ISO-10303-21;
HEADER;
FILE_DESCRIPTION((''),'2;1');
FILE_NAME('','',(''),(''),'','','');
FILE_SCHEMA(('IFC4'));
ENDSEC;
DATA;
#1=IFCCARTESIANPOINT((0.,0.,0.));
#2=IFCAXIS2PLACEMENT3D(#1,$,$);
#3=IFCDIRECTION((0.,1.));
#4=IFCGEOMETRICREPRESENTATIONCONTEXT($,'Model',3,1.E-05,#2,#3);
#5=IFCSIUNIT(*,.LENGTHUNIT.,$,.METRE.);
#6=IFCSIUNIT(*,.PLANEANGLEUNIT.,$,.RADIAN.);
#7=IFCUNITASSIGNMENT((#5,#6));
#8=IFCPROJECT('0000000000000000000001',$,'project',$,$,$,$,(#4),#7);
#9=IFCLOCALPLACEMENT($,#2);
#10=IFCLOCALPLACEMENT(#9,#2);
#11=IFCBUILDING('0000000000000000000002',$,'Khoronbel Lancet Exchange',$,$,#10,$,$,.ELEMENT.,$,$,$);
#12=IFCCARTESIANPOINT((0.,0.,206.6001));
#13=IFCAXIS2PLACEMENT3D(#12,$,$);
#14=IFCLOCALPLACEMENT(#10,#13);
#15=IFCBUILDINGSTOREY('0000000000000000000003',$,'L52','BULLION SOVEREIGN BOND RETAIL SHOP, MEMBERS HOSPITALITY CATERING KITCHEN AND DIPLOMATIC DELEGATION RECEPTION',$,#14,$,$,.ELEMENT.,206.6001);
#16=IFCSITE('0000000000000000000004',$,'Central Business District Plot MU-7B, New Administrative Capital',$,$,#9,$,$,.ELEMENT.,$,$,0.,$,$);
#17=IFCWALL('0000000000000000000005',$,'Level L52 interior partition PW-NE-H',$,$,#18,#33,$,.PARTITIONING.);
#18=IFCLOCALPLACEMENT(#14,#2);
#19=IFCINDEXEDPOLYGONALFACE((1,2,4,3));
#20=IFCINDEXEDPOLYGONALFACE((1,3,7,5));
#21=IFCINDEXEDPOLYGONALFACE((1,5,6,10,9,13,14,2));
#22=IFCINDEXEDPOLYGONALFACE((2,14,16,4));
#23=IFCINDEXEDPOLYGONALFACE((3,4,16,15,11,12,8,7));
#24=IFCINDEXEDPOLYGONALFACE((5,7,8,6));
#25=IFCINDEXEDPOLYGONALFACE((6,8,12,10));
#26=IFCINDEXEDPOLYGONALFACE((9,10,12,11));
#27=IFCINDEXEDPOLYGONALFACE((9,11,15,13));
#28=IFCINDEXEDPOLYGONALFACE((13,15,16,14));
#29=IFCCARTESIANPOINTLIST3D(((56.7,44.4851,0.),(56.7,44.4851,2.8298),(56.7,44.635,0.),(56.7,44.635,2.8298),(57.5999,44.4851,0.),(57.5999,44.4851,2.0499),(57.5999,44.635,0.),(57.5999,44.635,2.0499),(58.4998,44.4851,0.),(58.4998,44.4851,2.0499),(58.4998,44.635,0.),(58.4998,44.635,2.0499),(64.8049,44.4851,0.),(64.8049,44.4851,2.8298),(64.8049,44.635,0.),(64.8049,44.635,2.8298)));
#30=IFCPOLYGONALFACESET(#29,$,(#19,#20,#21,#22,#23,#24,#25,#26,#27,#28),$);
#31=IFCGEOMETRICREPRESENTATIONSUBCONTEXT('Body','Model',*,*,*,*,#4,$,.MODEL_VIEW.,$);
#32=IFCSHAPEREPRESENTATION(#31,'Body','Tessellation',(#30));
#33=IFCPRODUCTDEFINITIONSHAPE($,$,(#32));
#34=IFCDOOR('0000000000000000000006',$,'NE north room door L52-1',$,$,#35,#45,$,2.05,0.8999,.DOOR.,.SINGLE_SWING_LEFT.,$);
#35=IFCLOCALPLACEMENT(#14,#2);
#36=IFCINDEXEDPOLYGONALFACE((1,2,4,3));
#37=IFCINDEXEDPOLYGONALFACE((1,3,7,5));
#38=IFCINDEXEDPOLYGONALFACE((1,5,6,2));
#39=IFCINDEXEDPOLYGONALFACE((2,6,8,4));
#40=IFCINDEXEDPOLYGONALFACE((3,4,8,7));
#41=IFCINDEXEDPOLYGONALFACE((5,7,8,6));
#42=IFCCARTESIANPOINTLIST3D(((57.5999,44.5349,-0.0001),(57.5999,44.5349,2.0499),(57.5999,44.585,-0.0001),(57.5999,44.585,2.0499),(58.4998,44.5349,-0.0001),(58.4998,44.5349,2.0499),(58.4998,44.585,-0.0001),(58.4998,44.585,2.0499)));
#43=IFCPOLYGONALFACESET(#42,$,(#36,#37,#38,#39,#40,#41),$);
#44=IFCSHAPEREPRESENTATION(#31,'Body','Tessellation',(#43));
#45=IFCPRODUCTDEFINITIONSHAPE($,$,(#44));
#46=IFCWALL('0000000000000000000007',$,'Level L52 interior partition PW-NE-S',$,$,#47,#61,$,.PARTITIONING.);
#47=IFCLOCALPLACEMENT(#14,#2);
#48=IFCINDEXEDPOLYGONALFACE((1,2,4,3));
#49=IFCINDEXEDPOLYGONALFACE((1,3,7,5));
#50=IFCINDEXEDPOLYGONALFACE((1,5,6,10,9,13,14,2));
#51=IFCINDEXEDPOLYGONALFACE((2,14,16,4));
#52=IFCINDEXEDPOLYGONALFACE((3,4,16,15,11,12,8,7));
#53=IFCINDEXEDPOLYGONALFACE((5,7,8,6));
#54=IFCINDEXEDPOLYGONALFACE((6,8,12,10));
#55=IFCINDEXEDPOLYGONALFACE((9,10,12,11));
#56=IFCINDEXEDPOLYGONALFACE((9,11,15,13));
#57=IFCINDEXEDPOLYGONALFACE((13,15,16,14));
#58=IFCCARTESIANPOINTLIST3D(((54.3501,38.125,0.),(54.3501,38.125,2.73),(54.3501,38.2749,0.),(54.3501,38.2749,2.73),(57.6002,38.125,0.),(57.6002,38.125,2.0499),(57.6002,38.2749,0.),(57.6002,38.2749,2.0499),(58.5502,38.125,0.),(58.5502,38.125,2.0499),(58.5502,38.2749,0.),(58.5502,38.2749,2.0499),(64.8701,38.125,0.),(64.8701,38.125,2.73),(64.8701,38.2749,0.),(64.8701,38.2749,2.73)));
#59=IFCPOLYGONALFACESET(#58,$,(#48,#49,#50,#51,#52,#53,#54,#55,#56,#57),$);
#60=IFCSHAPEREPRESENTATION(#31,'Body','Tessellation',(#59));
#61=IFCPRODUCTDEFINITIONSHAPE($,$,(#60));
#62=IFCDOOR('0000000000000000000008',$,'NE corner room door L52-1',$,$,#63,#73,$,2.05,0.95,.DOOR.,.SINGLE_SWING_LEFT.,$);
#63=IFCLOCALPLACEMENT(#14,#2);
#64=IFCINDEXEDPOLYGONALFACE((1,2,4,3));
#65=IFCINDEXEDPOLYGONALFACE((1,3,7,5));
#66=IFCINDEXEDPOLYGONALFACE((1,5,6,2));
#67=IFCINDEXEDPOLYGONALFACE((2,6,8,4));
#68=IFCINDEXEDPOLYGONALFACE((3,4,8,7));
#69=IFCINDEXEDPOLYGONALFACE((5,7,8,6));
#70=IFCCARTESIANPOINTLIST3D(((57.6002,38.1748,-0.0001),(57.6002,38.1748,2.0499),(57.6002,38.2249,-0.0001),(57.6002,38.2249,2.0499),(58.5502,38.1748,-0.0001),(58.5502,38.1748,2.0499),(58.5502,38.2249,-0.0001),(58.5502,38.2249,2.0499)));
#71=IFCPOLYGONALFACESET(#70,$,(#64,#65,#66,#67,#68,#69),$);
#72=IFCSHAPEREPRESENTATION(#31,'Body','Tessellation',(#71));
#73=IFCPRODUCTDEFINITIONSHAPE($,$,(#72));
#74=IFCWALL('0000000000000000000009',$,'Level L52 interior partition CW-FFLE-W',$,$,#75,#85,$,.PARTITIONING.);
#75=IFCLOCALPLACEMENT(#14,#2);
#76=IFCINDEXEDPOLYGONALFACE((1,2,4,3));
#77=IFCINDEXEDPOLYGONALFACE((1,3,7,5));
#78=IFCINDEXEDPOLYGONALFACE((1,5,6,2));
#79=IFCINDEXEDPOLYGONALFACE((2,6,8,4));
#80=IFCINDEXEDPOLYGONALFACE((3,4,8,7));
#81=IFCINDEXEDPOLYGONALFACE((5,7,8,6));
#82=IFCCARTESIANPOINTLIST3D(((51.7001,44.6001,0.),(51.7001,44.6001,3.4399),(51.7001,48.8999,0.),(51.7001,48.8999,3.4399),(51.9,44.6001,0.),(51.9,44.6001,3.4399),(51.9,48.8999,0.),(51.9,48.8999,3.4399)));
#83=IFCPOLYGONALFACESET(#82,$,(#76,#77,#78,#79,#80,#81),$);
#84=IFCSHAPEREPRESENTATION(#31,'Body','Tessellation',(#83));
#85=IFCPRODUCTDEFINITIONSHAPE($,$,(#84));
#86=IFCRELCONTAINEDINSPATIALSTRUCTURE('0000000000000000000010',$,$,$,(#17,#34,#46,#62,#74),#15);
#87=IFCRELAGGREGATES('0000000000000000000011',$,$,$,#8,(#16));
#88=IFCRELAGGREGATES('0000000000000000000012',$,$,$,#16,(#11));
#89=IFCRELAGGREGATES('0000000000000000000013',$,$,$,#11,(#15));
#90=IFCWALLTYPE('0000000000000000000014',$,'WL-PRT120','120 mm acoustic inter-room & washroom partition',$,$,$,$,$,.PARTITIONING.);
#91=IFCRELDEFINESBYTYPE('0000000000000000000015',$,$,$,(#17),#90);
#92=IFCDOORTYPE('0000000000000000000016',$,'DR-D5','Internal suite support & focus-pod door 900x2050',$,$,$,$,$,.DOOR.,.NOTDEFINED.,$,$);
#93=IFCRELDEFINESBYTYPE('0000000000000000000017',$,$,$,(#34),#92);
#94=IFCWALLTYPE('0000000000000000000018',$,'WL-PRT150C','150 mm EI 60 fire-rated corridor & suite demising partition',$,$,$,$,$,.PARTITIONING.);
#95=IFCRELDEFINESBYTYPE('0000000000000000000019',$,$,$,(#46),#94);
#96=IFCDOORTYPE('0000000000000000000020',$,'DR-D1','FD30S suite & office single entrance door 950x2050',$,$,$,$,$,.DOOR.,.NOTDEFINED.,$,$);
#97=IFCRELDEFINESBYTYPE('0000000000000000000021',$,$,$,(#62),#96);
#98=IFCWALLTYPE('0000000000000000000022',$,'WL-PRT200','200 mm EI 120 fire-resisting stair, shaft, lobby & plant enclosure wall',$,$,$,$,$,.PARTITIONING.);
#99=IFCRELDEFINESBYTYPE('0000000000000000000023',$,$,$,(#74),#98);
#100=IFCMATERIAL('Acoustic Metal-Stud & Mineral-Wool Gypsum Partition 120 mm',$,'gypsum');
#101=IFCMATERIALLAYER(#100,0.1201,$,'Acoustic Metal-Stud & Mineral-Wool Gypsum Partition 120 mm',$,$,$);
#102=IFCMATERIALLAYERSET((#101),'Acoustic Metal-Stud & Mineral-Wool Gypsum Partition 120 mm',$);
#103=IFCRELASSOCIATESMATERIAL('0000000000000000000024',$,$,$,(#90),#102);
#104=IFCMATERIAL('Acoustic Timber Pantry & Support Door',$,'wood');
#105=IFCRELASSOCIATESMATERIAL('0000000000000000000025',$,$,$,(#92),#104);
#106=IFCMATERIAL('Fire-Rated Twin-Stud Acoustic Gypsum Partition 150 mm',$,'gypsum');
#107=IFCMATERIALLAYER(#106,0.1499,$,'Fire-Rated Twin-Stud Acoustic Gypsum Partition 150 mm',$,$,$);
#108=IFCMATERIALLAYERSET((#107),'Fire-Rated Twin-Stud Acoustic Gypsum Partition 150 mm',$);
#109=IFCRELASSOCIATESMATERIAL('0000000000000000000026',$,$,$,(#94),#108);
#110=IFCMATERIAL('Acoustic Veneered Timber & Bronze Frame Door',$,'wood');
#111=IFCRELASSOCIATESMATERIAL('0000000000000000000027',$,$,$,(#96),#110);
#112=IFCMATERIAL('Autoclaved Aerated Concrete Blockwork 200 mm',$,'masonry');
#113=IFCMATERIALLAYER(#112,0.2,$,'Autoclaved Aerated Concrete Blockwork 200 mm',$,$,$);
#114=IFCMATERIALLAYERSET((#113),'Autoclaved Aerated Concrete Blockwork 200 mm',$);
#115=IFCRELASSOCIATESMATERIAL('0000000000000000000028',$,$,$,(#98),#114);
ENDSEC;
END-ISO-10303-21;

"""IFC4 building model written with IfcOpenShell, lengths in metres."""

from ifc_helpers import new_model, si_unit, direction, frame, frame_2d, origin, place, context, subcontext, project, spatial, rectangle, extrude, material, layer, layer_set, type_object, element, fill, save


model = new_model("IFC4")

# Units and contexts
model_context = context("Model", 3, precision=1e-05, world=origin(), true_north=direction((0.0, 1.0)))
body_context = subcontext(model_context, "Body", "Model", "MODEL_VIEW")
ifc_project = project(units=[si_unit("LENGTHUNIT", "METRE"), si_unit("PLANEANGLEUNIT", "RADIAN")], contexts=[model_context])

# Site, building, storey
site_placement = place(None, origin())
site = spatial("IfcSite", under=ifc_project, at=site_placement, Name="Central Business District Plot MU-7B, New Administrative Capital", CompositionType="ELEMENT", RefElevation=0.0)
building_placement = place(site_placement, origin())
building = spatial("IfcBuilding", under=site, at=building_placement, Name="Khoronbel Lancet Exchange", CompositionType="ELEMENT")
storey_placement = place(building_placement, frame((0.0, 0.0, 206.6001)))
storey = spatial("IfcBuildingStorey", under=building, at=storey_placement, Name="L52", Description="BULLION SOVEREIGN BOND RETAIL SHOP, MEMBERS HOSPITALITY CATERING KITCHEN AND DIPLOMATIC DELEGATION RECEPTION", CompositionType="ELEMENT", Elevation=206.6001)

# Shared definitions
ifc_material_1 = material(Name="Acoustic Metal-Stud & Mineral-Wool Gypsum Partition 120 mm", Category="gypsum")
ifc_layer_1 = layer(ifc_material_1, 0.1201, Name="Acoustic Metal-Stud & Mineral-Wool Gypsum Partition 120 mm")
ifc_layer_set_1 = layer_set([ifc_layer_1], Name="Acoustic Metal-Stud & Mineral-Wool Gypsum Partition 120 mm")
wall_type_1 = type_object("IfcWallType", Name="WL-PRT120", Description="120 mm acoustic inter-room & washroom partition", PredefinedType="PARTITIONING", material=ifc_layer_set_1)

# Walls, openings, doors
wall_1_placement = place(storey_placement, frame((56.7, 44.5601, 0.0), z_axis=(0.0, 0.0, 1.0), x_axis=(1.0, 0.0, 0.0)))
wall_1 = element("IfcWall", 1, at=wall_1_placement, inside=storey, type_object=wall_type_1, Name="Level L52 interior partition PW-NE-H", PredefinedType="PARTITIONING", context=body_context, shape_type="SweptSolid", body=[
    extrude(rectangle(XDim=8.105, YDim=0.1499, at=frame_2d((4.0525, 0.0))), origin(), (0.0, 0.0, 1.0), 2.8298),
])
opening_1_placement = place(wall_1_placement, frame((0.8999, 0.0, 0.0)))
opening_1 = element("IfcOpeningElement", 2, at=opening_1_placement, cuts=wall_1, PredefinedType="OPENING", context=body_context, shape_type="SweptSolid", body=[
    extrude(rectangle(XDim=0.8999, YDim=2.05, at=frame_2d((0.45, 1.0249))), frame((0.0, 0.085, 0.0), z_axis=(0.0, -1.0, 0.0), x_axis=(1.0, 0.0, 0.0)), (0.0, 0.0, 1.0), 0.1699),
])
ifc_material_2 = material(Name="Acoustic Timber Pantry & Support Door", Category="wood")
door_type_1 = type_object("IfcDoorType", Name="DR-D5", Description="Internal suite support & focus-pod door 900x2050", OperationType="NOTDEFINED", PredefinedType="DOOR", material=ifc_material_2)
door_1_placement = place(opening_1_placement, origin())
door_1 = element("IfcDoor", 3, at=door_1_placement, inside=storey, type_object=door_type_1, Name="NE north room door L52-1", OperationType="SINGLE_SWING_LEFT", OverallHeight=2.05, OverallWidth=0.8999, PredefinedType="DOOR", context=body_context, shape_type="SweptSolid", body=[
    extrude(rectangle(XDim=0.8999, YDim=2.05, at=frame_2d((0.45, 1.0249))), frame((0.0, 0.0249, 0.0), z_axis=(0.0, -1.0, 0.0), x_axis=(1.0, 0.0, 0.0)), (0.0, 0.0, 1.0), 0.05),
])
fill(opening_1, door_1)
ifc_material_3 = material(Name="Fire-Rated Twin-Stud Acoustic Gypsum Partition 150 mm", Category="gypsum")
ifc_layer_2 = layer(ifc_material_3, 0.1499, Name="Fire-Rated Twin-Stud Acoustic Gypsum Partition 150 mm")
ifc_layer_set_2 = layer_set([ifc_layer_2], Name="Fire-Rated Twin-Stud Acoustic Gypsum Partition 150 mm")
wall_type_2 = type_object("IfcWallType", Name="WL-PRT150C", Description="150 mm EI 60 fire-rated corridor & suite demising partition", PredefinedType="PARTITIONING", material=ifc_layer_set_2)
wall_2_placement = place(storey_placement, frame((54.3501, 38.2, 0.0), z_axis=(0.0, 0.0, 1.0), x_axis=(1.0, 0.0, 0.0)))
wall_2 = element("IfcWall", 4, at=wall_2_placement, inside=storey, type_object=wall_type_2, Name="Level L52 interior partition PW-NE-S", PredefinedType="PARTITIONING", context=body_context, shape_type="SweptSolid", body=[
    extrude(rectangle(XDim=10.52, YDim=0.1499, at=frame_2d((5.26, 0.0))), origin(), (0.0, 0.0, 1.0), 2.73),
])
opening_2_placement = place(wall_2_placement, frame((3.25, 0.0, 0.0)))
opening_2 = element("IfcOpeningElement", 5, at=opening_2_placement, cuts=wall_2, PredefinedType="OPENING", context=body_context, shape_type="SweptSolid", body=[
    extrude(rectangle(XDim=0.95, YDim=2.05, at=frame_2d((0.4751, 1.0249))), frame((0.0, 0.085, 0.0), z_axis=(0.0, -1.0, 0.0), x_axis=(1.0, 0.0, 0.0)), (0.0, 0.0, 1.0), 0.1699),
])
ifc_material_4 = material(Name="Acoustic Veneered Timber & Bronze Frame Door", Category="wood")
door_type_2 = type_object("IfcDoorType", Name="DR-D1", Description="FD30S suite & office single entrance door 950x2050", OperationType="NOTDEFINED", PredefinedType="DOOR", material=ifc_material_4)
door_2_placement = place(opening_2_placement, origin())
door_2 = element("IfcDoor", 6, at=door_2_placement, inside=storey, type_object=door_type_2, Name="NE corner room door L52-1", OperationType="SINGLE_SWING_LEFT", OverallHeight=2.05, OverallWidth=0.95, PredefinedType="DOOR", context=body_context, shape_type="SweptSolid", body=[
    extrude(rectangle(XDim=0.95, YDim=2.05, at=frame_2d((0.4751, 1.0249))), frame((0.0, 0.0249, 0.0), z_axis=(0.0, -1.0, 0.0), x_axis=(1.0, 0.0, 0.0)), (0.0, 0.0, 1.0), 0.05),
])
fill(opening_2, door_2)

# Wall
ifc_material_5 = material(Name="Autoclaved Aerated Concrete Blockwork 200 mm", Category="masonry")
ifc_layer_3 = layer(ifc_material_5, 0.2, Name="Autoclaved Aerated Concrete Blockwork 200 mm")
ifc_layer_set_3 = layer_set([ifc_layer_3], Name="Autoclaved Aerated Concrete Blockwork 200 mm")
wall_type_3 = type_object("IfcWallType", Name="WL-PRT200", Description="200 mm EI 120 fire-resisting stair, shaft, lobby & plant enclosure wall", PredefinedType="PARTITIONING", material=ifc_layer_set_3)
wall_3_placement = place(storey_placement, frame((51.8, 44.6001, 0.0), z_axis=(0.0, 0.0, 1.0), x_axis=(0.0, 1.0, 0.0)))
element("IfcWall", 7, at=wall_3_placement, inside=storey, type_object=wall_type_3, Name="Level L52 interior partition CW-FFLE-W", PredefinedType="PARTITIONING", context=body_context, shape_type="SweptSolid", body=[
    extrude(rectangle(XDim=4.2998, YDim=0.2, at=frame_2d((2.1499, 0.0))), origin(), (0.0, 0.0, 1.0), 3.4399),
])

save(model, "model.ifc")
